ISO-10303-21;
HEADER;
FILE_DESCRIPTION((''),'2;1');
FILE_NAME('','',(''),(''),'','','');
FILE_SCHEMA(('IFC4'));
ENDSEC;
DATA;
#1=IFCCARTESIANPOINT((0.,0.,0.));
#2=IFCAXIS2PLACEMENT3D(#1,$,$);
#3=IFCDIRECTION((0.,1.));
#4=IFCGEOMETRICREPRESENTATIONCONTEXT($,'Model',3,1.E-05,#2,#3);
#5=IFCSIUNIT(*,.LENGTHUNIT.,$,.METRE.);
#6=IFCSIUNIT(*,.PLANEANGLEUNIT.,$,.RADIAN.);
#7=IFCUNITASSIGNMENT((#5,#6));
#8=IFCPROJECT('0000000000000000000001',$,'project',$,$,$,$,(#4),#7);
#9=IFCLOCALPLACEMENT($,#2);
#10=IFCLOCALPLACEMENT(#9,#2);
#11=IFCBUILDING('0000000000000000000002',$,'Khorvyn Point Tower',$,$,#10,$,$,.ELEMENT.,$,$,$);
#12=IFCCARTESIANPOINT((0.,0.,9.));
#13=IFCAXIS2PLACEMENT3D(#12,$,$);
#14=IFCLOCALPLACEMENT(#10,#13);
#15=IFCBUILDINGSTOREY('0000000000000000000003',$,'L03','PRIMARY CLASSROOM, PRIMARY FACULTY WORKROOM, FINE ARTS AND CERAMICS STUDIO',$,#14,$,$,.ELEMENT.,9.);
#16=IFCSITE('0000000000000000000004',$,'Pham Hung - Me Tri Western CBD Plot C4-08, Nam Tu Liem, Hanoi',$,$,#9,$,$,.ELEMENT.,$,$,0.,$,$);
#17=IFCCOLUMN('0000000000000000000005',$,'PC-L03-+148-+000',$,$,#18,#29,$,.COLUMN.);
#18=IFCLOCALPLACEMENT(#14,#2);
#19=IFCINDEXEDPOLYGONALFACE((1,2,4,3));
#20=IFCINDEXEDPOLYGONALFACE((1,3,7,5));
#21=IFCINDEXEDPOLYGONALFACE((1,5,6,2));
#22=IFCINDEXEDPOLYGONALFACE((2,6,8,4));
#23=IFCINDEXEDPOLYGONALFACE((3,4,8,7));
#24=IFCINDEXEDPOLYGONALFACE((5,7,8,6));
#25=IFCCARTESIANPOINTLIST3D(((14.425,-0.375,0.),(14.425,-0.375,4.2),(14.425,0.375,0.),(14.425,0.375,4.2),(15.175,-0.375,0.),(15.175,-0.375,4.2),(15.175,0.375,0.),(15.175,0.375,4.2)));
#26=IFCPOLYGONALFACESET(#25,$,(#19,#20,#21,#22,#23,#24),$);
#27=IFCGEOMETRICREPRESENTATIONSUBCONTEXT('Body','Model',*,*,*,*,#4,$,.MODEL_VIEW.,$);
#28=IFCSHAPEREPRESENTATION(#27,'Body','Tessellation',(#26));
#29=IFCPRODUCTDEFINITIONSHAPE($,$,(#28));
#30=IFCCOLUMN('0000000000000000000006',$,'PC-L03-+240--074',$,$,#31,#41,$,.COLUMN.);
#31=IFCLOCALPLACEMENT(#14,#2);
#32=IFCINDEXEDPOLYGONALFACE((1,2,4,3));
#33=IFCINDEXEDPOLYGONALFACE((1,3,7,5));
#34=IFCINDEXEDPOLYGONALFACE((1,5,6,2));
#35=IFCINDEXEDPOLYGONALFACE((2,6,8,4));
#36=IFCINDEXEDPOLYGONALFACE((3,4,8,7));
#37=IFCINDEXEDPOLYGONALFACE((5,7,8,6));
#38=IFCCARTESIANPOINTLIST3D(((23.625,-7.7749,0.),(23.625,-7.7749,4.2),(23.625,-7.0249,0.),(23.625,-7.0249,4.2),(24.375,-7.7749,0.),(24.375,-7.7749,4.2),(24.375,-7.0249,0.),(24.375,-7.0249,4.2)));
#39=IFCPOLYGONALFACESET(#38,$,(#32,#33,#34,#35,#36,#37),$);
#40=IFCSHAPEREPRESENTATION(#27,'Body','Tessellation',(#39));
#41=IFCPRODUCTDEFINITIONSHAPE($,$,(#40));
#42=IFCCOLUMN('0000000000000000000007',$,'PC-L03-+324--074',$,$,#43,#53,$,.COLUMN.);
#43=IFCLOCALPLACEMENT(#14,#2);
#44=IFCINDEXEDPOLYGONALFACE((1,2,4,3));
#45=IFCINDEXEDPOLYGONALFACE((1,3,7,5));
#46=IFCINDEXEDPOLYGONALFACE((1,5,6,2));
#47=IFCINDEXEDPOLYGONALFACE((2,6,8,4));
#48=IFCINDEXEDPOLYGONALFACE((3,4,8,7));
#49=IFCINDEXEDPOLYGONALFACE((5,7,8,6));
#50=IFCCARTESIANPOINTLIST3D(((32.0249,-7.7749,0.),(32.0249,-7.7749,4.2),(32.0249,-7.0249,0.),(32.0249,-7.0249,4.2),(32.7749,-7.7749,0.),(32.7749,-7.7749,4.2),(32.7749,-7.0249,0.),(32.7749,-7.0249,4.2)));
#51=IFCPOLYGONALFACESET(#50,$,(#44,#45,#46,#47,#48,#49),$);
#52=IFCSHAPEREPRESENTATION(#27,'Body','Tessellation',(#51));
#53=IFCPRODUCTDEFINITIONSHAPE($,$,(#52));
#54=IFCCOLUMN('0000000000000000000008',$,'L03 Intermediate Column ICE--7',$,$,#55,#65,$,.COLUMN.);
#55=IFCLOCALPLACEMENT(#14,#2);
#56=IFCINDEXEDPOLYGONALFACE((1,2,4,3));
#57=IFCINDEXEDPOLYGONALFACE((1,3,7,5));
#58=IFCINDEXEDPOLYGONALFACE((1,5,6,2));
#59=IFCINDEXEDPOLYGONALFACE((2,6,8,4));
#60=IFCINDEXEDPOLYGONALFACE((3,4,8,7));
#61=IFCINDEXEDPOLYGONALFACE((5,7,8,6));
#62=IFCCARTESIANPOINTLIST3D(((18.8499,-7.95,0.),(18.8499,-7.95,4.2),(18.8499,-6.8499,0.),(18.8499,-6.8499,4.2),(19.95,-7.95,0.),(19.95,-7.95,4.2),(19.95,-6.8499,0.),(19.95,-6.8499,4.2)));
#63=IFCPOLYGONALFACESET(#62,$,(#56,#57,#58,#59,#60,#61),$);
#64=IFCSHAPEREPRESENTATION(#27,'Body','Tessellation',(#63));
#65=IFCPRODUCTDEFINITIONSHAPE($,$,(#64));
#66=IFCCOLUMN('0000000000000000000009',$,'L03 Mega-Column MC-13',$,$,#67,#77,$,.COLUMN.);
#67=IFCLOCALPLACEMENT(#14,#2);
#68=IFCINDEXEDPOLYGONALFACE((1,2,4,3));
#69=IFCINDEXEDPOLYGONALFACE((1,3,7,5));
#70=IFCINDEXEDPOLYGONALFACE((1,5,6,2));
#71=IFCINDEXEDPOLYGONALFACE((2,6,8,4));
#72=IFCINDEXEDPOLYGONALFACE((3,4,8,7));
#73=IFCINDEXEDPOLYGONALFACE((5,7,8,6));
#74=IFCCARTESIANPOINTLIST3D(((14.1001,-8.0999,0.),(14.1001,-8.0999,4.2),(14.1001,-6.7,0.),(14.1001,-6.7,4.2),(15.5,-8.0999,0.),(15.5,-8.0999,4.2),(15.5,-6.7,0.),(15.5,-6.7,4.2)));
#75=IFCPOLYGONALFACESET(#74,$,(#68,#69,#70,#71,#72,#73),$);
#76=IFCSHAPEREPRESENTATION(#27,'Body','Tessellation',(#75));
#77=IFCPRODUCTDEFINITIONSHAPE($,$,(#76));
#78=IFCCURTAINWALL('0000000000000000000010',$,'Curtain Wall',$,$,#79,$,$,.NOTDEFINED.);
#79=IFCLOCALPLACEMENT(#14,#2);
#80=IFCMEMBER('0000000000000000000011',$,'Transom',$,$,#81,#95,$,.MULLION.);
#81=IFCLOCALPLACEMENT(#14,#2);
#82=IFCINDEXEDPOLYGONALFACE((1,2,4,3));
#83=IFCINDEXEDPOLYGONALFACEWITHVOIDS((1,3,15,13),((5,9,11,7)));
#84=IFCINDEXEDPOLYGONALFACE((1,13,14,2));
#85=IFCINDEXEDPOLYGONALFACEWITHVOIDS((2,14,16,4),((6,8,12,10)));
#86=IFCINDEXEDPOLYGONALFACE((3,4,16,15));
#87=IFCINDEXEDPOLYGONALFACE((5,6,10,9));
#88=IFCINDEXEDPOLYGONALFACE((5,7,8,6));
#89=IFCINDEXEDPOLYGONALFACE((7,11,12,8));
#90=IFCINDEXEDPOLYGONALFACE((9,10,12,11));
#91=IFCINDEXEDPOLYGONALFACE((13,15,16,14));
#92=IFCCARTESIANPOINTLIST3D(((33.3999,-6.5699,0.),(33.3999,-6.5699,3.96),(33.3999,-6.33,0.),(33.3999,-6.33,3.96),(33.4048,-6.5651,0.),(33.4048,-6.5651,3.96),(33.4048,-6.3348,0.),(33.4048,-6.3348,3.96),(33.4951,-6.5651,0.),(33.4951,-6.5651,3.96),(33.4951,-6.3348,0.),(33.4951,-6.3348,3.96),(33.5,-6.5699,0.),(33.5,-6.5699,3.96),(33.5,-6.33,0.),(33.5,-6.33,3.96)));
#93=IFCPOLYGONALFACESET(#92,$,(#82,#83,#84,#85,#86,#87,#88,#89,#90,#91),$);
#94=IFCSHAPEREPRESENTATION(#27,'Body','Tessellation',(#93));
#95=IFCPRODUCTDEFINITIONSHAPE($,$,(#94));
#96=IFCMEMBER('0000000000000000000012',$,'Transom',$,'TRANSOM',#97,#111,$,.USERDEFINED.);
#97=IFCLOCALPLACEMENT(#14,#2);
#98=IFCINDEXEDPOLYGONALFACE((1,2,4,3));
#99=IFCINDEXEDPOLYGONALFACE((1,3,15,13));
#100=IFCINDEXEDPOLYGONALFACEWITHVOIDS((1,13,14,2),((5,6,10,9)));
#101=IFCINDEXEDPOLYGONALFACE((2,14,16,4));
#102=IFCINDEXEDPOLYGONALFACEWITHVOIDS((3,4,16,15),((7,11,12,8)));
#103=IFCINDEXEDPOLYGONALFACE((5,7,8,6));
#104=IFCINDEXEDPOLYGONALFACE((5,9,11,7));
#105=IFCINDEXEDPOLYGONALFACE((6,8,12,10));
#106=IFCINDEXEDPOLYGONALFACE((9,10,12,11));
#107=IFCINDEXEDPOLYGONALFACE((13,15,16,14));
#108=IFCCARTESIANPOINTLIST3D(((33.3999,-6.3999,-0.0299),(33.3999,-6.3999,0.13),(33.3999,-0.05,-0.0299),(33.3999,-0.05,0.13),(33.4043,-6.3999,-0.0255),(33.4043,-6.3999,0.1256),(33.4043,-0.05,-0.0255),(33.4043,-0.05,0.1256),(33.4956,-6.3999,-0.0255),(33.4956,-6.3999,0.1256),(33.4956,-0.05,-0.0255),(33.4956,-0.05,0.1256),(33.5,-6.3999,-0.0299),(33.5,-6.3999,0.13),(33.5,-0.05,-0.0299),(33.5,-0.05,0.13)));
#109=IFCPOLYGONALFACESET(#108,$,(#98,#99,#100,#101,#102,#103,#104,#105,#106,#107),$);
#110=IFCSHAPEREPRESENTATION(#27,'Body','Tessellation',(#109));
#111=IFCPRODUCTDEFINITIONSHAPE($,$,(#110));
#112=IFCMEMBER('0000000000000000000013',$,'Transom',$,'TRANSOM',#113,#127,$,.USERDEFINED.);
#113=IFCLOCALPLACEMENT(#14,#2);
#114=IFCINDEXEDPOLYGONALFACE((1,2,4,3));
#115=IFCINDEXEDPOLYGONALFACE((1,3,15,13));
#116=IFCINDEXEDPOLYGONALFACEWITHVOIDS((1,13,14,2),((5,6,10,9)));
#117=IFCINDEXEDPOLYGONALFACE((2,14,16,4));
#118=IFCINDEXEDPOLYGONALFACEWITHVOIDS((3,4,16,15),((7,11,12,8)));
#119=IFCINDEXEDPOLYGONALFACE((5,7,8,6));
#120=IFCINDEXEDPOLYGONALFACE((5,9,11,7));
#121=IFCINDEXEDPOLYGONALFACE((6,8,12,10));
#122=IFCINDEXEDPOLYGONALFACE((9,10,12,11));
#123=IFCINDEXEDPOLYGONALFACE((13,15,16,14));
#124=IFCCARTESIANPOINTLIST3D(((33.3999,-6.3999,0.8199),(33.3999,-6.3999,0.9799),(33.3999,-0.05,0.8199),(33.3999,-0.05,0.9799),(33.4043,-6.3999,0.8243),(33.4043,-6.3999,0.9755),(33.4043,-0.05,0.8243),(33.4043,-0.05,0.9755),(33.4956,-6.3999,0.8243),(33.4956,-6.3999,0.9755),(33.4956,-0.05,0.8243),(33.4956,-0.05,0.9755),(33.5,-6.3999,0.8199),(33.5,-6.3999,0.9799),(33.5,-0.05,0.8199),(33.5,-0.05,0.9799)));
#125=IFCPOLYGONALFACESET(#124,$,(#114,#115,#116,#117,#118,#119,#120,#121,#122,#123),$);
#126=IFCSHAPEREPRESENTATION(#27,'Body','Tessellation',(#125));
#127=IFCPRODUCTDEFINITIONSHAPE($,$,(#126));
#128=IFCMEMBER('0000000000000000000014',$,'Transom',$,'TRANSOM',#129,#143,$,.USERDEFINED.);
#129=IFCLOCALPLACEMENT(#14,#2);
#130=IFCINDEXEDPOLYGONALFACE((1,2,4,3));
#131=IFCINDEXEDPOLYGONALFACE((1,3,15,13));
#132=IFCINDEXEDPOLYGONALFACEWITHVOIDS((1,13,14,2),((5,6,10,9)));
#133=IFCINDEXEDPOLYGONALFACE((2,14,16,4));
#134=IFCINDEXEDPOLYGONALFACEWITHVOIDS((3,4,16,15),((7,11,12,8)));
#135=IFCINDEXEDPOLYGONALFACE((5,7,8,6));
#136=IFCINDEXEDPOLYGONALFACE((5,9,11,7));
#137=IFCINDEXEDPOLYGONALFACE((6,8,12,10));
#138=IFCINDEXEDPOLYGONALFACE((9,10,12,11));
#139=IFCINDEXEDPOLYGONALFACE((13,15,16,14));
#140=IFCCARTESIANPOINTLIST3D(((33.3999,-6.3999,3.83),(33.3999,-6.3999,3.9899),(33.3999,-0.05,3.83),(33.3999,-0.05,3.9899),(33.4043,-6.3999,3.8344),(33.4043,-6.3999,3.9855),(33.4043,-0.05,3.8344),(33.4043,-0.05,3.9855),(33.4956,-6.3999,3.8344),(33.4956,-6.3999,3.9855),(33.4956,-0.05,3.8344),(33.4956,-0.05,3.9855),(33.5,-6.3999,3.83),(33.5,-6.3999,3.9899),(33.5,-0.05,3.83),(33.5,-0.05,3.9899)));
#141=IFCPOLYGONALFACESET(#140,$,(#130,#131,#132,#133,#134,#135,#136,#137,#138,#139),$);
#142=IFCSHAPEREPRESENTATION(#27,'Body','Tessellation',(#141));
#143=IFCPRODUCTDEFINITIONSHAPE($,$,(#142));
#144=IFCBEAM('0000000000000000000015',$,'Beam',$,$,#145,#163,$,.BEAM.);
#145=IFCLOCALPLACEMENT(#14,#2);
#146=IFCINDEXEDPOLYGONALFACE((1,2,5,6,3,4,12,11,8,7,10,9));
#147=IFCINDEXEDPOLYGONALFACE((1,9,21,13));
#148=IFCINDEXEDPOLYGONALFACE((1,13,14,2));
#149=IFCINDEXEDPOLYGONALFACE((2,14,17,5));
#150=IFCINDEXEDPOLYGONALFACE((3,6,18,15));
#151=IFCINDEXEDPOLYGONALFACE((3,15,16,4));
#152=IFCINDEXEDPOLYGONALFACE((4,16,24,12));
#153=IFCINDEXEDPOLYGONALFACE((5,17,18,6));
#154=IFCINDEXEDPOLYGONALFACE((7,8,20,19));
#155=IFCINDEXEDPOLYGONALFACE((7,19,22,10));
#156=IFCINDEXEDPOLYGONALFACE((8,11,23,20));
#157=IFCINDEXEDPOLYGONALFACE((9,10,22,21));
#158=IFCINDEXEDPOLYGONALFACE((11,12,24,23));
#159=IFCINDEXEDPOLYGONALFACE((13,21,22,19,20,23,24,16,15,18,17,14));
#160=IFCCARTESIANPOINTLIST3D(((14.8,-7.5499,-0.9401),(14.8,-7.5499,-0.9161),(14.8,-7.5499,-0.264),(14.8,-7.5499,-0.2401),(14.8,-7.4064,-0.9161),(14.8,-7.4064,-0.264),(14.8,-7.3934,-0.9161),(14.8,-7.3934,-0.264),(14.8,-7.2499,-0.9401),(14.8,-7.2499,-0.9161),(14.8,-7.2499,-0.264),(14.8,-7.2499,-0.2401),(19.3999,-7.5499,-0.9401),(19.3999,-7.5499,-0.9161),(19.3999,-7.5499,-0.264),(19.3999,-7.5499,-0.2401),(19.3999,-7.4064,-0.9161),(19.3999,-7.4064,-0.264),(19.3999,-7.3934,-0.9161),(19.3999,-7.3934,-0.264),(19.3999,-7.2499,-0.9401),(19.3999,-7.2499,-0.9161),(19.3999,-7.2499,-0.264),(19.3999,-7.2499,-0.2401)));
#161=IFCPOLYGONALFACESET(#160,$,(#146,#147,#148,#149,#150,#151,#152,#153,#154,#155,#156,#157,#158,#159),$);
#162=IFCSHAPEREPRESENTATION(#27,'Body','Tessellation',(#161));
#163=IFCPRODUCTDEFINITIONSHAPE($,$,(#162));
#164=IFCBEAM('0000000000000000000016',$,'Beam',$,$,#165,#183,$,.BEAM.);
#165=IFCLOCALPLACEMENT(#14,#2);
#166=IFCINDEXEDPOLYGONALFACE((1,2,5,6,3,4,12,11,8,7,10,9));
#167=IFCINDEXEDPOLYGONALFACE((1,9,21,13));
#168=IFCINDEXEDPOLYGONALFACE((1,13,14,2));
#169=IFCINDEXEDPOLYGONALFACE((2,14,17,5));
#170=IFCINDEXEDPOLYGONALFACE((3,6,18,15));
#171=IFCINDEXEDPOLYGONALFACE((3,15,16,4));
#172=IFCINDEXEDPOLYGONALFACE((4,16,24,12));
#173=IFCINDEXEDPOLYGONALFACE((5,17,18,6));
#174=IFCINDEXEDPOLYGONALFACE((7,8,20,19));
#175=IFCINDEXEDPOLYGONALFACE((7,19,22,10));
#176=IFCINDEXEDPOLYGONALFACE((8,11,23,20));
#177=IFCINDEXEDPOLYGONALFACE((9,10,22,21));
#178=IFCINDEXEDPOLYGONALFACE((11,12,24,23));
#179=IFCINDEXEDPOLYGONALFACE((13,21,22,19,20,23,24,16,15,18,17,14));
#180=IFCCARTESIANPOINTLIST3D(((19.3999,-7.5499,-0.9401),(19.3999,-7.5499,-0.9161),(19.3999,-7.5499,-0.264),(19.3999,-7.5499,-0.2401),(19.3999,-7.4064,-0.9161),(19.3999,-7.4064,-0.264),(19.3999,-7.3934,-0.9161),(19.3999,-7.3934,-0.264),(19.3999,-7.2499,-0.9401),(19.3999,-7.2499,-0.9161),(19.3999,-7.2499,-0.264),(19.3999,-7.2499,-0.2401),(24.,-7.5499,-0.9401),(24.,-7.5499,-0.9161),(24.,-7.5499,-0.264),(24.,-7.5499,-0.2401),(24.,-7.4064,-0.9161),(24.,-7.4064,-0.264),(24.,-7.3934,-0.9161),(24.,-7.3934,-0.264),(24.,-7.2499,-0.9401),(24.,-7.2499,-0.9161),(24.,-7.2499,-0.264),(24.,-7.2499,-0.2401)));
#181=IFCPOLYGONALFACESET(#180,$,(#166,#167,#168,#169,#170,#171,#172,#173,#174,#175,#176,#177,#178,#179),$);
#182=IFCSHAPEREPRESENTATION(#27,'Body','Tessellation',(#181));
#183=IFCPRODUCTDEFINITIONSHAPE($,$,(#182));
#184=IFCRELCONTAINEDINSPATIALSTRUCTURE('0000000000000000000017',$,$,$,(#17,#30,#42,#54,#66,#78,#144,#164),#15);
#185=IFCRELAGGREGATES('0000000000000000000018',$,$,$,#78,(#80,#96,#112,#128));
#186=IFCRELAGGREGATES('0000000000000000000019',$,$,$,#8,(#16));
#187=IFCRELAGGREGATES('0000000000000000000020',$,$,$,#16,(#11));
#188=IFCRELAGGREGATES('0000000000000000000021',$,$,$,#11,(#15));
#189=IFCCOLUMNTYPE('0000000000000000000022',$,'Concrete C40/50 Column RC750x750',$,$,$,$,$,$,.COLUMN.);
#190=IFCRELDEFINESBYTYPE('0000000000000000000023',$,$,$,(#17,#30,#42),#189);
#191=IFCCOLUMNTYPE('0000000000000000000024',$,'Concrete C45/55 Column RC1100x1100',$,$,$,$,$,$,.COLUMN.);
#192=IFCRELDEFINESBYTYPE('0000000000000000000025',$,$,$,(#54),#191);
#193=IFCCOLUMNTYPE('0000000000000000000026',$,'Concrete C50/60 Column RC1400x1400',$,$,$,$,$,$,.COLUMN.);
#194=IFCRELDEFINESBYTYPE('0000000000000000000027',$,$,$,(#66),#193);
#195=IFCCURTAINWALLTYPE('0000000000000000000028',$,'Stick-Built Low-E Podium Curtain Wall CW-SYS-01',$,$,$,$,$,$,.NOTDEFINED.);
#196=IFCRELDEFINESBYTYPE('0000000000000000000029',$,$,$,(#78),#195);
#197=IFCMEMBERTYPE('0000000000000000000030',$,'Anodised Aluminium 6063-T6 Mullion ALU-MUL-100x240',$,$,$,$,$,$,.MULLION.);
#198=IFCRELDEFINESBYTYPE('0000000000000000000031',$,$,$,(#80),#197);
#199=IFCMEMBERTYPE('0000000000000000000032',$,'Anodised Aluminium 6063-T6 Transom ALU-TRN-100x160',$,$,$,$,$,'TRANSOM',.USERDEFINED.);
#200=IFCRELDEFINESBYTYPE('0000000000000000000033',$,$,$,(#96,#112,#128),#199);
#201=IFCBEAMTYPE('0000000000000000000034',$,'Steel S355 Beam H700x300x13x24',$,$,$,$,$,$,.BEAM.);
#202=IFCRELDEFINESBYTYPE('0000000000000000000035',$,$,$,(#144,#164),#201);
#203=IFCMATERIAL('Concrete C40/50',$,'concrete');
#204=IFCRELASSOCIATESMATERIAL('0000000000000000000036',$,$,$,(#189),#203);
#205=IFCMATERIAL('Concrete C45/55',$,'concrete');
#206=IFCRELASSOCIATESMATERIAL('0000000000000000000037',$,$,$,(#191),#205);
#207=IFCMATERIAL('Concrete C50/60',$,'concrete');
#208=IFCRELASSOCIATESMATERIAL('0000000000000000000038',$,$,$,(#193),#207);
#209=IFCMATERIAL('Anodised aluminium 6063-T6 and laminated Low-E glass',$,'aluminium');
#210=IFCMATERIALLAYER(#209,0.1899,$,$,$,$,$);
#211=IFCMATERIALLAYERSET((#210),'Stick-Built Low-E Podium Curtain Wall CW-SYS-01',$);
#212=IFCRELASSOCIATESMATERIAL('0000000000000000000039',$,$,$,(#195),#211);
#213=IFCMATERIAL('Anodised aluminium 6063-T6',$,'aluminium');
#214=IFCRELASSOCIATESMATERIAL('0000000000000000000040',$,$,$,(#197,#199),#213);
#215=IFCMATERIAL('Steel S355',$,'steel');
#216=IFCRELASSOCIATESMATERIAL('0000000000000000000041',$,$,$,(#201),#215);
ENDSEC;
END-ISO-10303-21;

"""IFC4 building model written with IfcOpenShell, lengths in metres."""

from ifc_helpers import new_model, si_unit, direction, frame, origin, origin_2d, place, context, subcontext, project, spatial, rectangle, hollow_rectangle, i_section, extrude, material, layer, layer_set, material_profile, profile_set, type_object, element, aggregate, save


model = new_model("IFC4")

# Units and contexts
model_context = context("Model", 3, precision=1e-05, world=origin(), true_north=direction((0.0, 1.0)))
body_context = subcontext(model_context, "Body", "Model", "MODEL_VIEW")
ifc_project = project(units=[si_unit("LENGTHUNIT", "METRE"), si_unit("PLANEANGLEUNIT", "RADIAN")], contexts=[model_context])

# Site, building, storey
site_placement = place(None, origin())
site = spatial("IfcSite", under=ifc_project, at=site_placement, Name="Pham Hung - Me Tri Western CBD Plot C4-08, Nam Tu Liem, Hanoi", CompositionType="ELEMENT", RefElevation=0.0)
building_placement = place(site_placement, origin())
building = spatial("IfcBuilding", under=site, at=building_placement, Name="Khorvyn Point Tower", CompositionType="ELEMENT")
storey_placement = place(building_placement, frame((0.0, 0.0, 9.0)))
storey = spatial("IfcBuildingStorey", under=building, at=storey_placement, Name="L03", Description="PRIMARY CLASSROOM, PRIMARY FACULTY WORKROOM, FINE ARTS AND CERAMICS STUDIO", CompositionType="ELEMENT", Elevation=9.0)

# Columns
ifc_material_1 = material(Name="Concrete C40/50", Category="concrete")
ifc_material_profile_1 = material_profile(ifc_material_1, rectangle(XDim=0.75, YDim=0.75, at=origin_2d()))
ifc_profile_set_1 = profile_set([ifc_material_profile_1], Name="Concrete C40/50 RC750x750")
column_type_1 = type_object("IfcColumnType", Name="Concrete C40/50 Column RC750x750", PredefinedType="COLUMN", material=ifc_profile_set_1)
for number, where, z_axis, x_axis, name in (
    (1, (14.8, 0.0, 0.0), (0.0, 0.0, 1.0), (1.0, 0.0, 0.0), "PC-L03-+148-+000"),
    (2, (24.0, -7.3999, 0.0), (0.0, 0.0, 1.0), (1.0, 0.0, 0.0), "PC-L03-+240--074"),
    (3, (32.3999, -7.3999, 0.0), (0.0, 0.0, 1.0), (1.0, 0.0, 0.0), "PC-L03-+324--074"),
):
    element("IfcColumn", number, at=place(storey_placement, frame(where, z_axis=z_axis, x_axis=x_axis)), inside=storey, type_object=column_type_1, Name=name, PredefinedType="COLUMN", context=body_context, shape_type="SweptSolid", body=[
        extrude(rectangle(XDim=0.75, YDim=0.75, at=origin_2d()), origin(), (0.0, 0.0, 1.0), 4.2),
    ])
ifc_material_2 = material(Name="Concrete C45/55", Category="concrete")
ifc_material_profile_2 = material_profile(ifc_material_2, rectangle(XDim=1.1001, YDim=1.1001, at=origin_2d()))
ifc_profile_set_2 = profile_set([ifc_material_profile_2], Name="Concrete C45/55 RC1100x1100")
column_type_2 = type_object("IfcColumnType", Name="Concrete C45/55 Column RC1100x1100", PredefinedType="COLUMN", material=ifc_profile_set_2)
column_1_placement = place(storey_placement, frame((19.3999, -7.3999, 0.0), z_axis=(0.0, 0.0, 1.0), x_axis=(1.0, 0.0, 0.0)))
element("IfcColumn", 4, at=column_1_placement, inside=storey, type_object=column_type_2, Name="L03 Intermediate Column ICE--7", PredefinedType="COLUMN", context=body_context, shape_type="SweptSolid", body=[
    extrude(rectangle(XDim=1.1001, YDim=1.1001, at=origin_2d()), origin(), (0.0, 0.0, 1.0), 4.2),
])
ifc_material_3 = material(Name="Concrete C50/60", Category="concrete")
ifc_material_profile_3 = material_profile(ifc_material_3, rectangle(XDim=1.3999, YDim=1.3999, at=origin_2d()))
ifc_profile_set_3 = profile_set([ifc_material_profile_3], Name="Concrete C50/60 RC1400x1400")
column_type_3 = type_object("IfcColumnType", Name="Concrete C50/60 Column RC1400x1400", PredefinedType="COLUMN", material=ifc_profile_set_3)
column_2_placement = place(storey_placement, frame((14.8, -7.3999, 0.0), z_axis=(0.0, 0.0, 1.0), x_axis=(1.0, 0.0, 0.0)))
element("IfcColumn", 5, at=column_2_placement, inside=storey, type_object=column_type_3, Name="L03 Mega-Column MC-13", PredefinedType="COLUMN", context=body_context, shape_type="SweptSolid", body=[
    extrude(rectangle(XDim=1.3999, YDim=1.3999, at=origin_2d()), origin(), (0.0, 0.0, 1.0), 4.2),
])

# Curtain wall, members
ifc_material_4 = material(Name="Anodised aluminium 6063-T6 and laminated Low-E glass", Category="aluminium")
ifc_layer_1 = layer(ifc_material_4, 0.1899)
ifc_layer_set_1 = layer_set([ifc_layer_1], Name="Stick-Built Low-E Podium Curtain Wall CW-SYS-01")
curtain_wall_type = type_object("IfcCurtainWallType", Name="Stick-Built Low-E Podium Curtain Wall CW-SYS-01", PredefinedType="NOTDEFINED", material=ifc_layer_set_1)
curtain_wall_placement = place(storey_placement, origin())
curtain_wall = element("IfcCurtainWall", 6, at=curtain_wall_placement, inside=storey, type_object=curtain_wall_type, Name="Curtain Wall", PredefinedType="NOTDEFINED")
ifc_material_5 = material(Name="Anodised aluminium 6063-T6", Category="aluminium")
ifc_material_profile_4 = material_profile(ifc_material_5, hollow_rectangle(XDim=0.1001, YDim=0.24, WallThickness=0.0049, at=origin_2d()))
ifc_profile_set_4 = profile_set([ifc_material_profile_4], Name="Anodised aluminium 6063-T6 ALU-MUL-100x240")
member_type_1 = type_object("IfcMemberType", Name="Anodised Aluminium 6063-T6 Mullion ALU-MUL-100x240", PredefinedType="MULLION", material=ifc_profile_set_4)
member_1_placement = place(storey_placement, frame((33.45, -6.45, 0.0), z_axis=(0.0, 0.0, 1.0), x_axis=(-1.0, 0.0, 0.0)))
member_1 = element("IfcMember", 7, at=member_1_placement, type_object=member_type_1, Name="Transom", PredefinedType="MULLION", context=body_context, shape_type="SweptSolid", body=[
    extrude(hollow_rectangle(XDim=0.1001, YDim=0.24, WallThickness=0.0049, at=origin_2d()), origin(), (0.0, 0.0, 1.0), 3.96),
])
ifc_material_profile_5 = material_profile(ifc_material_5, hollow_rectangle(XDim=0.1001, YDim=0.1599, WallThickness=0.0044, at=origin_2d()))
ifc_profile_set_5 = profile_set([ifc_material_profile_5], Name="Anodised aluminium 6063-T6 ALU-TRN-100x160")
member_type_2 = type_object("IfcMemberType", Name="Anodised Aluminium 6063-T6 Transom ALU-TRN-100x160", ElementType="TRANSOM", PredefinedType="USERDEFINED", material=ifc_profile_set_5)
member_2_placement = place(storey_placement, frame((33.45, -6.3999, 0.05), z_axis=(0.0, 1.0, 0.0), x_axis=(-1.0, 0.0, 0.0)))
member_2 = element("IfcMember", 8, at=member_2_placement, type_object=member_type_2, Name="Transom", ObjectType="TRANSOM", PredefinedType="USERDEFINED", context=body_context, shape_type="SweptSolid", body=[
    extrude(hollow_rectangle(XDim=0.1001, YDim=0.1599, WallThickness=0.0044, at=origin_2d()), origin(), (0.0, 0.0, 1.0), 6.3499),
])
member_3_placement = place(storey_placement, frame((33.45, -6.3999, 0.8999), z_axis=(0.0, 1.0, 0.0), x_axis=(-1.0, 0.0, 0.0)))
member_3 = element("IfcMember", 9, at=member_3_placement, type_object=member_type_2, Name="Transom", ObjectType="TRANSOM", PredefinedType="USERDEFINED", context=body_context, shape_type="SweptSolid", body=[
    extrude(hollow_rectangle(XDim=0.1001, YDim=0.1599, WallThickness=0.0044, at=origin_2d()), origin(), (0.0, 0.0, 1.0), 6.3499),
])
member_4_placement = place(storey_placement, frame((33.45, -6.3999, 3.9099), z_axis=(0.0, 1.0, 0.0), x_axis=(-1.0, 0.0, 0.0)))
member_4 = element("IfcMember", 10, at=member_4_placement, type_object=member_type_2, Name="Transom", ObjectType="TRANSOM", PredefinedType="USERDEFINED", context=body_context, shape_type="SweptSolid", body=[
    extrude(hollow_rectangle(XDim=0.1001, YDim=0.1599, WallThickness=0.0044, at=origin_2d()), origin(), (0.0, 0.0, 1.0), 6.3499),
])

# Beams
ifc_material_6 = material(Name="Steel S355", Category="steel")
ifc_material_profile_6 = material_profile(ifc_material_6, i_section(OverallWidth=0.3, OverallDepth=0.7, WebThickness=0.0129, FlangeThickness=0.0239, at=origin_2d()))
ifc_profile_set_6 = profile_set([ifc_material_profile_6], Name="Steel S355 H700x300x13x24")
beam_type_1 = type_object("IfcBeamType", Name="Steel S355 Beam H700x300x13x24", PredefinedType="BEAM", material=ifc_profile_set_6)
beam_1_placement = place(storey_placement, frame((14.8, -7.3999, -0.5901), z_axis=(1.0, 0.0, 0.0), x_axis=(0.0, 1.0, 0.0)))
element("IfcBeam", 11, at=beam_1_placement, inside=storey, type_object=beam_type_1, Name="Beam", PredefinedType="BEAM", context=body_context, shape_type="SweptSolid", body=[
    extrude(i_section(OverallWidth=0.3, OverallDepth=0.7, WebThickness=0.0129, FlangeThickness=0.0239, at=origin_2d()), origin(), (0.0, 0.0, 1.0), 4.5999),
])
beam_2_placement = place(storey_placement, frame((19.3999, -7.3999, -0.5901), z_axis=(1.0, 0.0, 0.0), x_axis=(0.0, 1.0, 0.0)))
element("IfcBeam", 12, at=beam_2_placement, inside=storey, type_object=beam_type_1, Name="Beam", PredefinedType="BEAM", context=body_context, shape_type="SweptSolid", body=[
    extrude(i_section(OverallWidth=0.3, OverallDepth=0.7, WebThickness=0.0129, FlangeThickness=0.0239, at=origin_2d()), origin(), (0.0, 0.0, 1.0), 4.6001),
])

aggregate(curtain_wall, [member_1, member_2, member_3, member_4])

save(model, "model.ifc")
